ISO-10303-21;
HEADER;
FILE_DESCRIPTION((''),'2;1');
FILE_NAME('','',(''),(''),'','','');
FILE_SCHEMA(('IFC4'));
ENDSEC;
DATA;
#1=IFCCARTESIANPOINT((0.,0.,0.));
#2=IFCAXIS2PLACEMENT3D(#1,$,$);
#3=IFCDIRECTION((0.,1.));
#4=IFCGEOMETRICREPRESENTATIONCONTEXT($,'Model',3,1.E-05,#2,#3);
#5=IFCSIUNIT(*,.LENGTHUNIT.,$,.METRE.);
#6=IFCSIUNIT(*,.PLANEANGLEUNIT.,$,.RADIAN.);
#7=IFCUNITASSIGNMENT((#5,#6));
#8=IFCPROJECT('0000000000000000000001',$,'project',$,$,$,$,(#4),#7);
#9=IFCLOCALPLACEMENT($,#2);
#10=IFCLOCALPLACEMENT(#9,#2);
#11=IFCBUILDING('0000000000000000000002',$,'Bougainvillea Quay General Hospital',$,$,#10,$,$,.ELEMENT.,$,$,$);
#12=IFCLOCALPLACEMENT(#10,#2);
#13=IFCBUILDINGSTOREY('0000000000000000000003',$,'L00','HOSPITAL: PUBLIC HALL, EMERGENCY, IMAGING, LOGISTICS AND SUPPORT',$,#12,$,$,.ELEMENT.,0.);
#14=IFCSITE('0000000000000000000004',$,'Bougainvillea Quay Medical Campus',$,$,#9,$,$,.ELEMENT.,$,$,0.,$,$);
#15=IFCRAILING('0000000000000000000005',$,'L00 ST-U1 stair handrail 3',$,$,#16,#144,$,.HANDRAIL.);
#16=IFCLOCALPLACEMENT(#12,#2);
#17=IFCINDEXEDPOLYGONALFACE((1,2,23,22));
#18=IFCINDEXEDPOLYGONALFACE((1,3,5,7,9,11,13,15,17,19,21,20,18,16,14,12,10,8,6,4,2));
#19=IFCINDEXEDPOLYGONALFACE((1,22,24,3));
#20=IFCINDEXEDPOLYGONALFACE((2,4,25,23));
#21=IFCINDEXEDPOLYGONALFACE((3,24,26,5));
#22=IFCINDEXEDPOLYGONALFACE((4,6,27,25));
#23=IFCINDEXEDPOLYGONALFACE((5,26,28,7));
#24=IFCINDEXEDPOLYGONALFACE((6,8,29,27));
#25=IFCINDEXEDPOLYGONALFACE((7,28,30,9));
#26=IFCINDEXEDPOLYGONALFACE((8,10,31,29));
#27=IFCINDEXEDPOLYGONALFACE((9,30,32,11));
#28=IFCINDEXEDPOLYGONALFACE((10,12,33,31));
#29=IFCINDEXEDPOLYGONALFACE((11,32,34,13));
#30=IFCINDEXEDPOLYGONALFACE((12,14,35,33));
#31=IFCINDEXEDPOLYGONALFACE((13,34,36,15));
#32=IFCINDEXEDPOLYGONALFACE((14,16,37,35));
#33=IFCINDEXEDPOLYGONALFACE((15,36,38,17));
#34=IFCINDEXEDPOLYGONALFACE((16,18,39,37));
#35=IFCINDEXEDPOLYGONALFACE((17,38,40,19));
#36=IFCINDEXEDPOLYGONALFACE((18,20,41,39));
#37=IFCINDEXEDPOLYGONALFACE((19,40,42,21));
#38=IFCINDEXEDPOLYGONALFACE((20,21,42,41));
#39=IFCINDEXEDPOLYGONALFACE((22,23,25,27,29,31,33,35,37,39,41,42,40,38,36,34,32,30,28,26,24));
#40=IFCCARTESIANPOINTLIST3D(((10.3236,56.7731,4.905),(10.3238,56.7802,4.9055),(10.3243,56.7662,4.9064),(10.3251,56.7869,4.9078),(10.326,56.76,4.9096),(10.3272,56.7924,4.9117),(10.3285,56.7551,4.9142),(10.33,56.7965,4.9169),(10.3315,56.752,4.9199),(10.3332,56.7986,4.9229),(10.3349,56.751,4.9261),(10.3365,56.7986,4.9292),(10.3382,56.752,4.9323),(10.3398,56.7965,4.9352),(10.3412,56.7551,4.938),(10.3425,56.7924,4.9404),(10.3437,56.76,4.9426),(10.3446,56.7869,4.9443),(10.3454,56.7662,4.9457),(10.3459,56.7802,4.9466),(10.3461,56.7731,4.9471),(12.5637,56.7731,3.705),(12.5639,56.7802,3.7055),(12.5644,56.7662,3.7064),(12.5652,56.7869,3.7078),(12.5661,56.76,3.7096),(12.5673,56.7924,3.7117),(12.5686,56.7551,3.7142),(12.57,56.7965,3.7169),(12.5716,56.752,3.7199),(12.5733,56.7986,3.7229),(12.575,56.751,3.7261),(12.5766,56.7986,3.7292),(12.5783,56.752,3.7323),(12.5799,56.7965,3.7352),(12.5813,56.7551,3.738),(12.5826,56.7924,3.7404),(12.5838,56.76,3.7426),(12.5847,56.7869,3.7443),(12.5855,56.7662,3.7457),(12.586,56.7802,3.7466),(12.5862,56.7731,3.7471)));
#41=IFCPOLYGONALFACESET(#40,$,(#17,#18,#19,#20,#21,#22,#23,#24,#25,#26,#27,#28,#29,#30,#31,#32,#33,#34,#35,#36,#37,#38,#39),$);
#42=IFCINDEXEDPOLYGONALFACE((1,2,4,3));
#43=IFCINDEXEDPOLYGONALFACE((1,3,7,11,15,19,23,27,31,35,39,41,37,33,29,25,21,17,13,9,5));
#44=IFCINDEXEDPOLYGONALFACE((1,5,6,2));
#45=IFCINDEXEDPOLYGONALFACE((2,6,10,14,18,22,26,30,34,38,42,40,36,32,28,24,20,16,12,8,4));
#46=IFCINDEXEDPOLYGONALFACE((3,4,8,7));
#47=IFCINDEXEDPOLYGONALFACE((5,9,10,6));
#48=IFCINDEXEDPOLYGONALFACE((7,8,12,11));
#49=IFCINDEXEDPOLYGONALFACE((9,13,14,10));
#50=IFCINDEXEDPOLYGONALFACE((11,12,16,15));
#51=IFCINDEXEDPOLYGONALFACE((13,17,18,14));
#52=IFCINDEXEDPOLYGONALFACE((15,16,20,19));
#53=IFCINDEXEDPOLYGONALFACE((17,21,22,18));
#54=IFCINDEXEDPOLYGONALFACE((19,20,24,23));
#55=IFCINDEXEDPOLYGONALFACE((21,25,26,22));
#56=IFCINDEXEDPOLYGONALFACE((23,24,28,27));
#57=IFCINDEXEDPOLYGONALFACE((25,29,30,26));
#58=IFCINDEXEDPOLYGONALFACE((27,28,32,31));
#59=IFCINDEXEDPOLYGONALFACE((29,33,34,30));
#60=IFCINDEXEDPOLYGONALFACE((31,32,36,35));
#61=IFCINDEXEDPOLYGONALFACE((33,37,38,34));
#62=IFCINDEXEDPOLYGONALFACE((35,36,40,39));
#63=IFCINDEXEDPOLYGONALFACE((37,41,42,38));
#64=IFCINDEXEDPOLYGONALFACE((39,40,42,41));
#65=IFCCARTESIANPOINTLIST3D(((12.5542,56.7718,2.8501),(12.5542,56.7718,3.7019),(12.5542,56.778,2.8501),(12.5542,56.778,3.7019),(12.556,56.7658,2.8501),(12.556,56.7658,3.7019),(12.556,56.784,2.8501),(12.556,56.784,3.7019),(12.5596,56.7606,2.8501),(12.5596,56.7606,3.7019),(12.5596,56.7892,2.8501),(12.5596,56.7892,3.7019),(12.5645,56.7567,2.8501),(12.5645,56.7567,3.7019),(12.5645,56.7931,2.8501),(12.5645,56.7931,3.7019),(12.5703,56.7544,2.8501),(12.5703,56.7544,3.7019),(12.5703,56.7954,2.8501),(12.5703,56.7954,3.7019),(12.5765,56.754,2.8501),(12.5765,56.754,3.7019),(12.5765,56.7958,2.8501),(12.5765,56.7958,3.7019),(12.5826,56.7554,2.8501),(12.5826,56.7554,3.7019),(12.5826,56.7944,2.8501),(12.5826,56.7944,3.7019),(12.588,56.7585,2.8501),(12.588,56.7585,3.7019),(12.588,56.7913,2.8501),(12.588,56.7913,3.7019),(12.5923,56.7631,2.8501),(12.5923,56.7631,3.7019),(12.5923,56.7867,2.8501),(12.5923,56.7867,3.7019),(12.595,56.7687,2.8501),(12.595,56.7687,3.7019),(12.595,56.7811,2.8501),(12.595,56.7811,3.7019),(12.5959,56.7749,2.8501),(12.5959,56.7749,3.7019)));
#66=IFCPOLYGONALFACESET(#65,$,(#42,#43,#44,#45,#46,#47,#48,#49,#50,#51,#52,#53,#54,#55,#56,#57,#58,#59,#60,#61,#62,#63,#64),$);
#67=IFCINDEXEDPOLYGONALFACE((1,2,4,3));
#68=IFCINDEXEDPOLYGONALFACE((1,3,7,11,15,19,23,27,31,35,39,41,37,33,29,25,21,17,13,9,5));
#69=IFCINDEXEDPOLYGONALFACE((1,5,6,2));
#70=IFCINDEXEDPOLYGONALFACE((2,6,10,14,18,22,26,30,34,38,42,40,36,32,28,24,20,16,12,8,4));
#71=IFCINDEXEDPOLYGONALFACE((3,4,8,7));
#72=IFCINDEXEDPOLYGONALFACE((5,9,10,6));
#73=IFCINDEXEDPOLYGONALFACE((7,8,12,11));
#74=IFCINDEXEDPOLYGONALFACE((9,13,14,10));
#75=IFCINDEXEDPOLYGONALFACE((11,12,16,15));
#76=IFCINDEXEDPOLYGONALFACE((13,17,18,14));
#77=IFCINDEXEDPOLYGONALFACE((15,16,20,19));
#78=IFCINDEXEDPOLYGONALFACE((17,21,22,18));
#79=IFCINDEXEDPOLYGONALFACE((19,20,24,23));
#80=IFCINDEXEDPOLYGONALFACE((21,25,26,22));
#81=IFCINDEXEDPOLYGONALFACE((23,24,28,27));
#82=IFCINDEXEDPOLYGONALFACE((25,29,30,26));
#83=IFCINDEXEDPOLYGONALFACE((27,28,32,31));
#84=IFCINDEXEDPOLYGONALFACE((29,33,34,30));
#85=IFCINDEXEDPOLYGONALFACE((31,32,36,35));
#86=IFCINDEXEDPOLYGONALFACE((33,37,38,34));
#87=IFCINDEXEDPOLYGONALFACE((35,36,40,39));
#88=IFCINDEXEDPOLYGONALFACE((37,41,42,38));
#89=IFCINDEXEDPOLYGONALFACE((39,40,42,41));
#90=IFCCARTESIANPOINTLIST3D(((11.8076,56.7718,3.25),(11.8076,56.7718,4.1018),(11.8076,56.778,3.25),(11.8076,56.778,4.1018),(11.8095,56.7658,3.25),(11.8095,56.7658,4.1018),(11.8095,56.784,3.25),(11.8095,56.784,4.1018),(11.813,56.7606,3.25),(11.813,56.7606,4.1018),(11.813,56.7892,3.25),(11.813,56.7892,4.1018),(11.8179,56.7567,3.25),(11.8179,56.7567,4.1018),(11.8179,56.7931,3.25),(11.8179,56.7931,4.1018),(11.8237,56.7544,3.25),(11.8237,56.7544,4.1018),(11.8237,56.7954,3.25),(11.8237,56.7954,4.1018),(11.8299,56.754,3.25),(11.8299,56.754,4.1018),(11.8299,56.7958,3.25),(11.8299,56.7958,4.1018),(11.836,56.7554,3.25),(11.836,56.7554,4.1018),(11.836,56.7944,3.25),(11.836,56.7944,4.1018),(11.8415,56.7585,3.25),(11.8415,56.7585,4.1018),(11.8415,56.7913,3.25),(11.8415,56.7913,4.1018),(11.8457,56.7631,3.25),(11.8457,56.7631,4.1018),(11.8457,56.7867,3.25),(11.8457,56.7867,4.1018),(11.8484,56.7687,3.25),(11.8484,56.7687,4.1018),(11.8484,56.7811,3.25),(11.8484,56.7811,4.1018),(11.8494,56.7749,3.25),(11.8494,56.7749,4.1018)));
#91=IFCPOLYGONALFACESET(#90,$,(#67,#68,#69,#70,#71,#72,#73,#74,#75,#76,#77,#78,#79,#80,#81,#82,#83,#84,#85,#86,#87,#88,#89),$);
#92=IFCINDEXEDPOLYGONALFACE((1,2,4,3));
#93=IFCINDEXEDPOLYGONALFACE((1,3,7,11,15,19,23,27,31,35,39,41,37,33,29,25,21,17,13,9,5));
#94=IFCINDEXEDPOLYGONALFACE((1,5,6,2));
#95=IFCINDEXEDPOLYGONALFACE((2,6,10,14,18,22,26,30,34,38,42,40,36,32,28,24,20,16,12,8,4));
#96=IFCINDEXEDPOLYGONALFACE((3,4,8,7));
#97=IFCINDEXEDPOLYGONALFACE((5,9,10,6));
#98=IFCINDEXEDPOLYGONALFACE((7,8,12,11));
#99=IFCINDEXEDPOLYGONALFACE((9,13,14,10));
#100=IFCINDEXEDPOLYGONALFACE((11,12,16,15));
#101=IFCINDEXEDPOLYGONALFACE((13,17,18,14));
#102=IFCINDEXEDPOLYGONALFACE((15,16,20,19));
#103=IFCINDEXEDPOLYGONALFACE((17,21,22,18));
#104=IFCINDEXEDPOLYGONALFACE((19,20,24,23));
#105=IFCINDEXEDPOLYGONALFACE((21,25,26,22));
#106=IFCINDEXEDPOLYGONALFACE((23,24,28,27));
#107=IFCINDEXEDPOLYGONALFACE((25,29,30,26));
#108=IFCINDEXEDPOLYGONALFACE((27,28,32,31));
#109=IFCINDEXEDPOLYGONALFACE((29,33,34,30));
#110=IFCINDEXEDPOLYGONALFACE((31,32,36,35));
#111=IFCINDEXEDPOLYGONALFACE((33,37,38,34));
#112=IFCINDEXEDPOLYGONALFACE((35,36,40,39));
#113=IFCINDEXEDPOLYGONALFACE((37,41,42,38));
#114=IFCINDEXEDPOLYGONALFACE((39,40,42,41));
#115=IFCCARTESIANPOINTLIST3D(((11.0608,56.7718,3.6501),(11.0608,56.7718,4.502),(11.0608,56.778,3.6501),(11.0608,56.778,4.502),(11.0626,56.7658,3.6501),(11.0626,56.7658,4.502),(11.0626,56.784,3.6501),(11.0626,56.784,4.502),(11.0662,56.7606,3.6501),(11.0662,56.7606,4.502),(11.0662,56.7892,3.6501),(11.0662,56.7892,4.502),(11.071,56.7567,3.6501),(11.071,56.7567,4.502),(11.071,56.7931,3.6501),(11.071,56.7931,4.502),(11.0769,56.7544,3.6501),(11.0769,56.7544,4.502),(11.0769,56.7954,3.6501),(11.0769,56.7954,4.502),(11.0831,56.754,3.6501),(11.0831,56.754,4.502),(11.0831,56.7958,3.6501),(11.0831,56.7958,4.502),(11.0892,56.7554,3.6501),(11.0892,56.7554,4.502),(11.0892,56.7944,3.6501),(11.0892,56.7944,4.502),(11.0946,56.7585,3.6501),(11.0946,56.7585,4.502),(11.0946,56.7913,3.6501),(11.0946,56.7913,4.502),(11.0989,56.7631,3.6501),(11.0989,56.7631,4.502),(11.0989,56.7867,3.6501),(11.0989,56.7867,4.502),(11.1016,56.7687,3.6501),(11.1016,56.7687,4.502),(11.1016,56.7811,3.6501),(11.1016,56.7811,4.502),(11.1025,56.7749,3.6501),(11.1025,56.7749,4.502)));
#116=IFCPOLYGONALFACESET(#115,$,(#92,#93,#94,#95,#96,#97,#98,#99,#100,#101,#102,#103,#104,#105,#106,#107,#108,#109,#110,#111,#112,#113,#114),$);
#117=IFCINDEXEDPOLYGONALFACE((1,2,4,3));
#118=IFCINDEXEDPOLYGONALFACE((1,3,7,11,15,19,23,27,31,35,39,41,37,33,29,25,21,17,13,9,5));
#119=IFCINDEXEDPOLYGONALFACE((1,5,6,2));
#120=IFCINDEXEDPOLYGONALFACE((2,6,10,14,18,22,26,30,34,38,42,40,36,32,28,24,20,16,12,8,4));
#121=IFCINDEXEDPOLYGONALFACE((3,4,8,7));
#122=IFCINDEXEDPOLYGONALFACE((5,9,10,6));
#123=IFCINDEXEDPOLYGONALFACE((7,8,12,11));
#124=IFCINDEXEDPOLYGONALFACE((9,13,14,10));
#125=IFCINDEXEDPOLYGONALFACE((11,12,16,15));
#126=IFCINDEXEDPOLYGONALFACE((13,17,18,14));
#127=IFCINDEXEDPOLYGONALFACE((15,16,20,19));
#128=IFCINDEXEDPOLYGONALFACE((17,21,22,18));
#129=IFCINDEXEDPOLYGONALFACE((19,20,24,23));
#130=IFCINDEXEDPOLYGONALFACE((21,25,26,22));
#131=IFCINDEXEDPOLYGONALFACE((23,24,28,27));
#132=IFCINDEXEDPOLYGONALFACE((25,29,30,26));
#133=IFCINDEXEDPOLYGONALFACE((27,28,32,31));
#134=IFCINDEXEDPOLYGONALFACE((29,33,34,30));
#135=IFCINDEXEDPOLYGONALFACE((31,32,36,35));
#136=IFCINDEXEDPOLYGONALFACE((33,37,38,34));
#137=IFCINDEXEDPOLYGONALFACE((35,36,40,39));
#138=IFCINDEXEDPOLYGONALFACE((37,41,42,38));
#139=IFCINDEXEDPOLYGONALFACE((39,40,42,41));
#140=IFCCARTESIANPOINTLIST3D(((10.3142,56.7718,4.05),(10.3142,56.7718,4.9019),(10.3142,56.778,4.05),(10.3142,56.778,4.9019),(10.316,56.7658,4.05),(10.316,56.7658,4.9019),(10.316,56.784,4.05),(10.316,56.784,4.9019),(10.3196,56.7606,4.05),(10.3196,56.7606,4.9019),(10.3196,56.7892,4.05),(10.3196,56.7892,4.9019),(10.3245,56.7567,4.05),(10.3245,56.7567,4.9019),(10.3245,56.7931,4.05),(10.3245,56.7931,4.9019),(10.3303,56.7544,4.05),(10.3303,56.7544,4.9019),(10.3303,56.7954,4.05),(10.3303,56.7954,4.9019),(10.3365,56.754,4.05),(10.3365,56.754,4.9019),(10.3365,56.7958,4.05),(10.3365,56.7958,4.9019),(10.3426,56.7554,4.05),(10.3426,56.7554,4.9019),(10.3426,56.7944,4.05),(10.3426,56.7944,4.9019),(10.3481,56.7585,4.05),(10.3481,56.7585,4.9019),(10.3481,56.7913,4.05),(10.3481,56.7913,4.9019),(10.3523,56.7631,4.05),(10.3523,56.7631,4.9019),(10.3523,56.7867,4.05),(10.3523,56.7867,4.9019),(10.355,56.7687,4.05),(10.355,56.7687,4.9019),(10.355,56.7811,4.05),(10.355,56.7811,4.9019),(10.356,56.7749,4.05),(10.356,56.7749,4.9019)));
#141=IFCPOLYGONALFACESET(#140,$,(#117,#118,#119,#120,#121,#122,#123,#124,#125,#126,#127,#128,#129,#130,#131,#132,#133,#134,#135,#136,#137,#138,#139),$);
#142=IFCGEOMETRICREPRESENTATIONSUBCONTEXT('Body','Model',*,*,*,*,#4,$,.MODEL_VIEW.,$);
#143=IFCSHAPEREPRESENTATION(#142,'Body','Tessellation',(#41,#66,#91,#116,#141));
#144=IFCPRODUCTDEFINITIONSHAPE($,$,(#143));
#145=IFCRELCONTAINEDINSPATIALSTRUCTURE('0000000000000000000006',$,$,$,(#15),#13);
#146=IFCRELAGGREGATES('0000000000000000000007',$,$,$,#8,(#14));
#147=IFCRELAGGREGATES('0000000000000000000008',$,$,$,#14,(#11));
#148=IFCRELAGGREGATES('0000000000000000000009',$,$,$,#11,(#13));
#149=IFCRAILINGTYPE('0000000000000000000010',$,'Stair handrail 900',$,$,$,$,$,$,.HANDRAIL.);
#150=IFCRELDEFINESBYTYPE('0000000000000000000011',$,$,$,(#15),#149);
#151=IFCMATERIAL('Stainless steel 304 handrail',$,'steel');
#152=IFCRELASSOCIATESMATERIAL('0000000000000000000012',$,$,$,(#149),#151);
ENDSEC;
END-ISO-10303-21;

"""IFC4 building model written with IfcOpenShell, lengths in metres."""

from ifc_helpers import new_model, si_unit, direction, frame, origin, origin_2d, place, context, subcontext, project, spatial, circle, extrude, material, type_object, element, save


model = new_model("IFC4")

# Units and contexts
model_context = context("Model", 3, precision=1e-05, world=origin(), true_north=direction((0.0, 1.0)))
body_context = subcontext(model_context, "Body", "Model", "MODEL_VIEW")
ifc_project = project(units=[si_unit("LENGTHUNIT", "METRE"), si_unit("PLANEANGLEUNIT", "RADIAN")], contexts=[model_context])

# Site, building, storey
site_placement = place(None, origin())
site = spatial("IfcSite", under=ifc_project, at=site_placement, Name="Bougainvillea Quay Medical Campus", CompositionType="ELEMENT", RefElevation=0.0)
building_placement = place(site_placement, origin())
building = spatial("IfcBuilding", under=site, at=building_placement, Name="Bougainvillea Quay General Hospital", CompositionType="ELEMENT")
storey_placement = place(building_placement, origin())
storey = spatial("IfcBuildingStorey", under=building, at=storey_placement, Name="L00", Description="HOSPITAL: PUBLIC HALL, EMERGENCY, IMAGING, LOGISTICS AND SUPPORT", CompositionType="ELEMENT", Elevation=0.0)

# Railing
ifc_material_1 = material(Name="Stainless steel 304 handrail", Category="steel")
railing_type_1 = type_object("IfcRailingType", Name="Stair handrail 900", PredefinedType="HANDRAIL", material=ifc_material_1)
railing_1_placement = place(storey_placement, frame((12.575, 56.7749, 2.8501)))
element("IfcRailing", 1, at=railing_1_placement, inside=storey, type_object=railing_type_1, Name="L00 ST-U1 stair handrail 3", PredefinedType="HANDRAIL", context=body_context, shape_type="SweptSolid", body=[
    extrude(circle(Radius=0.0239, at=origin_2d()), frame((0.0, 0.0, 0.876), z_axis=(-0.881487, 0.0, 0.472208), x_axis=(0.0, -1.0, 0.0)), (0.0, 0.0, 1.0), 2.5413),
    extrude(circle(Radius=0.021, at=origin_2d()), origin(), (0.0, 0.0, 1.0), 0.8518),
    extrude(circle(Radius=0.021, at=origin_2d()), frame((-0.7466, 0.0, 0.3999)), (0.0, 0.0, 1.0), 0.8518),
    extrude(circle(Radius=0.021, at=origin_2d()), frame((-1.4934, 0.0, 0.8)), (0.0, 0.0, 1.0), 0.8518),
    extrude(circle(Radius=0.021, at=origin_2d()), frame((-2.24, 0.0, 1.2)), (0.0, 0.0, 1.0), 0.8518),
])

save(model, "model.ifc")
